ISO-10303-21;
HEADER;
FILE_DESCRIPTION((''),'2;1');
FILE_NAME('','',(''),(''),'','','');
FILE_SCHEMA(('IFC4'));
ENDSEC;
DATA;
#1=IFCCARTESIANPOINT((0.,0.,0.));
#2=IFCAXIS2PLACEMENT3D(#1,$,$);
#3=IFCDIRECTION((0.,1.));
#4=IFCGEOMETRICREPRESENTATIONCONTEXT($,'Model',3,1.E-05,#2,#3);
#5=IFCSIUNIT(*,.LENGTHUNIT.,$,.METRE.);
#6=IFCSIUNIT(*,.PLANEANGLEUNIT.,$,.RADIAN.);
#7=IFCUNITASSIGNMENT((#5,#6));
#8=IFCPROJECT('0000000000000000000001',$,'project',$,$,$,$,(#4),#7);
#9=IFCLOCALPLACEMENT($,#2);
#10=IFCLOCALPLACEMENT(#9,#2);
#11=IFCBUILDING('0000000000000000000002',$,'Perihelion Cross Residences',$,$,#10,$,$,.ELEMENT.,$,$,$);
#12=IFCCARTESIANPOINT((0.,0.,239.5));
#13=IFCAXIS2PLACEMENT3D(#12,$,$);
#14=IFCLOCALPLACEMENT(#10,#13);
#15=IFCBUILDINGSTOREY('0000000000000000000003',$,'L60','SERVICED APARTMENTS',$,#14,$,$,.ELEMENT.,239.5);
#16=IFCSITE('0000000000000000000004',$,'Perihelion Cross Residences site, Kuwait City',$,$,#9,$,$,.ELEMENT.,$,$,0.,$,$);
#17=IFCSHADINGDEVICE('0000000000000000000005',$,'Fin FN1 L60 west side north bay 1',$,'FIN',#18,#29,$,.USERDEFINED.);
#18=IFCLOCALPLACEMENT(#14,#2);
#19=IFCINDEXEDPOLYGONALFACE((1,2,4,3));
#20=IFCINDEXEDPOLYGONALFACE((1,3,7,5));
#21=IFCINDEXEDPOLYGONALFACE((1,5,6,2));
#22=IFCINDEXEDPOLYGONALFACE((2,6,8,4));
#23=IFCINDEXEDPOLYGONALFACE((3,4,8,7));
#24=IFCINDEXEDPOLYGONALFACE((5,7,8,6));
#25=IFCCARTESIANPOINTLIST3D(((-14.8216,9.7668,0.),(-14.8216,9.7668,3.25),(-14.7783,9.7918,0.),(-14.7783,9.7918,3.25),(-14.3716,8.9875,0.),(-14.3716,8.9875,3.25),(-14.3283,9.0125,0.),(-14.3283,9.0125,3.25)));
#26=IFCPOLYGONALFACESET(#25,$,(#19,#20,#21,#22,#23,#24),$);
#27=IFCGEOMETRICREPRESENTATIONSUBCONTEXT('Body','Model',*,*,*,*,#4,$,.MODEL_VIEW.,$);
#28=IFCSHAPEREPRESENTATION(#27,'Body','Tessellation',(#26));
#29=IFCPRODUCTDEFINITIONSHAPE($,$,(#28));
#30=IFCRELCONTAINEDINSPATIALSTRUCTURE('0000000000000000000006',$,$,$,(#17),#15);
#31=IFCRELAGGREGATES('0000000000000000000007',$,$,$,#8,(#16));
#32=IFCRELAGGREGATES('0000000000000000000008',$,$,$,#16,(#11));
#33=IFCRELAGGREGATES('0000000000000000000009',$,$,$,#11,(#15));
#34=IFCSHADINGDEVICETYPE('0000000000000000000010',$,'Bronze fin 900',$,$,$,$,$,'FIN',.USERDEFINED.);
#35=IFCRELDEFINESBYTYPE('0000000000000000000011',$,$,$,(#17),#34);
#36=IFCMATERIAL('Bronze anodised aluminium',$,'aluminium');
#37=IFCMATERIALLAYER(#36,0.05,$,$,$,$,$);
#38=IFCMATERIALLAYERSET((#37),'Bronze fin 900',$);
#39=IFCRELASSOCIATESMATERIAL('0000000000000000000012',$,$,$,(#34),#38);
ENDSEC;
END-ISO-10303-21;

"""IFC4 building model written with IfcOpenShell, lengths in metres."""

from ifc_helpers import new_model, si_unit, direction, frame, origin, origin_2d, place, context, subcontext, project, spatial, rectangle, extrude, material, layer, layer_set, type_object, element, save


model = new_model("IFC4")

# Units and contexts
model_context = context("Model", 3, precision=1e-05, world=origin(), true_north=direction((0.0, 1.0)))
body_context = subcontext(model_context, "Body", "Model", "MODEL_VIEW")
ifc_project = project(units=[si_unit("LENGTHUNIT", "METRE"), si_unit("PLANEANGLEUNIT", "RADIAN")], contexts=[model_context])

# Site, building, storey
site_placement = place(None, origin())
site = spatial("IfcSite", under=ifc_project, at=site_placement, Name="Perihelion Cross Residences site, Kuwait City", CompositionType="ELEMENT", RefElevation=0.0)
building_placement = place(site_placement, origin())
building = spatial("IfcBuilding", under=site, at=building_placement, Name="Perihelion Cross Residences", CompositionType="ELEMENT")
storey_placement = place(building_placement, frame((0.0, 0.0, 239.5)))
storey = spatial("IfcBuildingStorey", under=building, at=storey_placement, Name="L60", Description="SERVICED APARTMENTS", CompositionType="ELEMENT", Elevation=239.5)

# Shading device
ifc_material_1 = material(Name="Bronze anodised aluminium", Category="aluminium")
ifc_layer_1 = layer(ifc_material_1, 0.05)
ifc_layer_set_1 = layer_set([ifc_layer_1], Name="Bronze fin 900")
shading_device_type = type_object("IfcShadingDeviceType", Name="Bronze fin 900", ElementType="FIN", PredefinedType="USERDEFINED", material=ifc_layer_set_1)
shading_device_placement = place(storey_placement, frame((-14.575, 9.3896, 0.0), z_axis=(0.0, 0.0, 1.0), x_axis=(-0.5, 0.866025, 0.0)))
element("IfcShadingDevice", 1, at=shading_device_placement, inside=storey, type_object=shading_device_type, Name="Fin FN1 L60 west side north bay 1", ObjectType="FIN", PredefinedType="USERDEFINED", context=body_context, shape_type="SweptSolid", body=[
    extrude(rectangle(XDim=0.8999, YDim=0.05, at=origin_2d()), origin(), (0.0, 0.0, 1.0), 3.25),
])

save(model, "model.ifc")
